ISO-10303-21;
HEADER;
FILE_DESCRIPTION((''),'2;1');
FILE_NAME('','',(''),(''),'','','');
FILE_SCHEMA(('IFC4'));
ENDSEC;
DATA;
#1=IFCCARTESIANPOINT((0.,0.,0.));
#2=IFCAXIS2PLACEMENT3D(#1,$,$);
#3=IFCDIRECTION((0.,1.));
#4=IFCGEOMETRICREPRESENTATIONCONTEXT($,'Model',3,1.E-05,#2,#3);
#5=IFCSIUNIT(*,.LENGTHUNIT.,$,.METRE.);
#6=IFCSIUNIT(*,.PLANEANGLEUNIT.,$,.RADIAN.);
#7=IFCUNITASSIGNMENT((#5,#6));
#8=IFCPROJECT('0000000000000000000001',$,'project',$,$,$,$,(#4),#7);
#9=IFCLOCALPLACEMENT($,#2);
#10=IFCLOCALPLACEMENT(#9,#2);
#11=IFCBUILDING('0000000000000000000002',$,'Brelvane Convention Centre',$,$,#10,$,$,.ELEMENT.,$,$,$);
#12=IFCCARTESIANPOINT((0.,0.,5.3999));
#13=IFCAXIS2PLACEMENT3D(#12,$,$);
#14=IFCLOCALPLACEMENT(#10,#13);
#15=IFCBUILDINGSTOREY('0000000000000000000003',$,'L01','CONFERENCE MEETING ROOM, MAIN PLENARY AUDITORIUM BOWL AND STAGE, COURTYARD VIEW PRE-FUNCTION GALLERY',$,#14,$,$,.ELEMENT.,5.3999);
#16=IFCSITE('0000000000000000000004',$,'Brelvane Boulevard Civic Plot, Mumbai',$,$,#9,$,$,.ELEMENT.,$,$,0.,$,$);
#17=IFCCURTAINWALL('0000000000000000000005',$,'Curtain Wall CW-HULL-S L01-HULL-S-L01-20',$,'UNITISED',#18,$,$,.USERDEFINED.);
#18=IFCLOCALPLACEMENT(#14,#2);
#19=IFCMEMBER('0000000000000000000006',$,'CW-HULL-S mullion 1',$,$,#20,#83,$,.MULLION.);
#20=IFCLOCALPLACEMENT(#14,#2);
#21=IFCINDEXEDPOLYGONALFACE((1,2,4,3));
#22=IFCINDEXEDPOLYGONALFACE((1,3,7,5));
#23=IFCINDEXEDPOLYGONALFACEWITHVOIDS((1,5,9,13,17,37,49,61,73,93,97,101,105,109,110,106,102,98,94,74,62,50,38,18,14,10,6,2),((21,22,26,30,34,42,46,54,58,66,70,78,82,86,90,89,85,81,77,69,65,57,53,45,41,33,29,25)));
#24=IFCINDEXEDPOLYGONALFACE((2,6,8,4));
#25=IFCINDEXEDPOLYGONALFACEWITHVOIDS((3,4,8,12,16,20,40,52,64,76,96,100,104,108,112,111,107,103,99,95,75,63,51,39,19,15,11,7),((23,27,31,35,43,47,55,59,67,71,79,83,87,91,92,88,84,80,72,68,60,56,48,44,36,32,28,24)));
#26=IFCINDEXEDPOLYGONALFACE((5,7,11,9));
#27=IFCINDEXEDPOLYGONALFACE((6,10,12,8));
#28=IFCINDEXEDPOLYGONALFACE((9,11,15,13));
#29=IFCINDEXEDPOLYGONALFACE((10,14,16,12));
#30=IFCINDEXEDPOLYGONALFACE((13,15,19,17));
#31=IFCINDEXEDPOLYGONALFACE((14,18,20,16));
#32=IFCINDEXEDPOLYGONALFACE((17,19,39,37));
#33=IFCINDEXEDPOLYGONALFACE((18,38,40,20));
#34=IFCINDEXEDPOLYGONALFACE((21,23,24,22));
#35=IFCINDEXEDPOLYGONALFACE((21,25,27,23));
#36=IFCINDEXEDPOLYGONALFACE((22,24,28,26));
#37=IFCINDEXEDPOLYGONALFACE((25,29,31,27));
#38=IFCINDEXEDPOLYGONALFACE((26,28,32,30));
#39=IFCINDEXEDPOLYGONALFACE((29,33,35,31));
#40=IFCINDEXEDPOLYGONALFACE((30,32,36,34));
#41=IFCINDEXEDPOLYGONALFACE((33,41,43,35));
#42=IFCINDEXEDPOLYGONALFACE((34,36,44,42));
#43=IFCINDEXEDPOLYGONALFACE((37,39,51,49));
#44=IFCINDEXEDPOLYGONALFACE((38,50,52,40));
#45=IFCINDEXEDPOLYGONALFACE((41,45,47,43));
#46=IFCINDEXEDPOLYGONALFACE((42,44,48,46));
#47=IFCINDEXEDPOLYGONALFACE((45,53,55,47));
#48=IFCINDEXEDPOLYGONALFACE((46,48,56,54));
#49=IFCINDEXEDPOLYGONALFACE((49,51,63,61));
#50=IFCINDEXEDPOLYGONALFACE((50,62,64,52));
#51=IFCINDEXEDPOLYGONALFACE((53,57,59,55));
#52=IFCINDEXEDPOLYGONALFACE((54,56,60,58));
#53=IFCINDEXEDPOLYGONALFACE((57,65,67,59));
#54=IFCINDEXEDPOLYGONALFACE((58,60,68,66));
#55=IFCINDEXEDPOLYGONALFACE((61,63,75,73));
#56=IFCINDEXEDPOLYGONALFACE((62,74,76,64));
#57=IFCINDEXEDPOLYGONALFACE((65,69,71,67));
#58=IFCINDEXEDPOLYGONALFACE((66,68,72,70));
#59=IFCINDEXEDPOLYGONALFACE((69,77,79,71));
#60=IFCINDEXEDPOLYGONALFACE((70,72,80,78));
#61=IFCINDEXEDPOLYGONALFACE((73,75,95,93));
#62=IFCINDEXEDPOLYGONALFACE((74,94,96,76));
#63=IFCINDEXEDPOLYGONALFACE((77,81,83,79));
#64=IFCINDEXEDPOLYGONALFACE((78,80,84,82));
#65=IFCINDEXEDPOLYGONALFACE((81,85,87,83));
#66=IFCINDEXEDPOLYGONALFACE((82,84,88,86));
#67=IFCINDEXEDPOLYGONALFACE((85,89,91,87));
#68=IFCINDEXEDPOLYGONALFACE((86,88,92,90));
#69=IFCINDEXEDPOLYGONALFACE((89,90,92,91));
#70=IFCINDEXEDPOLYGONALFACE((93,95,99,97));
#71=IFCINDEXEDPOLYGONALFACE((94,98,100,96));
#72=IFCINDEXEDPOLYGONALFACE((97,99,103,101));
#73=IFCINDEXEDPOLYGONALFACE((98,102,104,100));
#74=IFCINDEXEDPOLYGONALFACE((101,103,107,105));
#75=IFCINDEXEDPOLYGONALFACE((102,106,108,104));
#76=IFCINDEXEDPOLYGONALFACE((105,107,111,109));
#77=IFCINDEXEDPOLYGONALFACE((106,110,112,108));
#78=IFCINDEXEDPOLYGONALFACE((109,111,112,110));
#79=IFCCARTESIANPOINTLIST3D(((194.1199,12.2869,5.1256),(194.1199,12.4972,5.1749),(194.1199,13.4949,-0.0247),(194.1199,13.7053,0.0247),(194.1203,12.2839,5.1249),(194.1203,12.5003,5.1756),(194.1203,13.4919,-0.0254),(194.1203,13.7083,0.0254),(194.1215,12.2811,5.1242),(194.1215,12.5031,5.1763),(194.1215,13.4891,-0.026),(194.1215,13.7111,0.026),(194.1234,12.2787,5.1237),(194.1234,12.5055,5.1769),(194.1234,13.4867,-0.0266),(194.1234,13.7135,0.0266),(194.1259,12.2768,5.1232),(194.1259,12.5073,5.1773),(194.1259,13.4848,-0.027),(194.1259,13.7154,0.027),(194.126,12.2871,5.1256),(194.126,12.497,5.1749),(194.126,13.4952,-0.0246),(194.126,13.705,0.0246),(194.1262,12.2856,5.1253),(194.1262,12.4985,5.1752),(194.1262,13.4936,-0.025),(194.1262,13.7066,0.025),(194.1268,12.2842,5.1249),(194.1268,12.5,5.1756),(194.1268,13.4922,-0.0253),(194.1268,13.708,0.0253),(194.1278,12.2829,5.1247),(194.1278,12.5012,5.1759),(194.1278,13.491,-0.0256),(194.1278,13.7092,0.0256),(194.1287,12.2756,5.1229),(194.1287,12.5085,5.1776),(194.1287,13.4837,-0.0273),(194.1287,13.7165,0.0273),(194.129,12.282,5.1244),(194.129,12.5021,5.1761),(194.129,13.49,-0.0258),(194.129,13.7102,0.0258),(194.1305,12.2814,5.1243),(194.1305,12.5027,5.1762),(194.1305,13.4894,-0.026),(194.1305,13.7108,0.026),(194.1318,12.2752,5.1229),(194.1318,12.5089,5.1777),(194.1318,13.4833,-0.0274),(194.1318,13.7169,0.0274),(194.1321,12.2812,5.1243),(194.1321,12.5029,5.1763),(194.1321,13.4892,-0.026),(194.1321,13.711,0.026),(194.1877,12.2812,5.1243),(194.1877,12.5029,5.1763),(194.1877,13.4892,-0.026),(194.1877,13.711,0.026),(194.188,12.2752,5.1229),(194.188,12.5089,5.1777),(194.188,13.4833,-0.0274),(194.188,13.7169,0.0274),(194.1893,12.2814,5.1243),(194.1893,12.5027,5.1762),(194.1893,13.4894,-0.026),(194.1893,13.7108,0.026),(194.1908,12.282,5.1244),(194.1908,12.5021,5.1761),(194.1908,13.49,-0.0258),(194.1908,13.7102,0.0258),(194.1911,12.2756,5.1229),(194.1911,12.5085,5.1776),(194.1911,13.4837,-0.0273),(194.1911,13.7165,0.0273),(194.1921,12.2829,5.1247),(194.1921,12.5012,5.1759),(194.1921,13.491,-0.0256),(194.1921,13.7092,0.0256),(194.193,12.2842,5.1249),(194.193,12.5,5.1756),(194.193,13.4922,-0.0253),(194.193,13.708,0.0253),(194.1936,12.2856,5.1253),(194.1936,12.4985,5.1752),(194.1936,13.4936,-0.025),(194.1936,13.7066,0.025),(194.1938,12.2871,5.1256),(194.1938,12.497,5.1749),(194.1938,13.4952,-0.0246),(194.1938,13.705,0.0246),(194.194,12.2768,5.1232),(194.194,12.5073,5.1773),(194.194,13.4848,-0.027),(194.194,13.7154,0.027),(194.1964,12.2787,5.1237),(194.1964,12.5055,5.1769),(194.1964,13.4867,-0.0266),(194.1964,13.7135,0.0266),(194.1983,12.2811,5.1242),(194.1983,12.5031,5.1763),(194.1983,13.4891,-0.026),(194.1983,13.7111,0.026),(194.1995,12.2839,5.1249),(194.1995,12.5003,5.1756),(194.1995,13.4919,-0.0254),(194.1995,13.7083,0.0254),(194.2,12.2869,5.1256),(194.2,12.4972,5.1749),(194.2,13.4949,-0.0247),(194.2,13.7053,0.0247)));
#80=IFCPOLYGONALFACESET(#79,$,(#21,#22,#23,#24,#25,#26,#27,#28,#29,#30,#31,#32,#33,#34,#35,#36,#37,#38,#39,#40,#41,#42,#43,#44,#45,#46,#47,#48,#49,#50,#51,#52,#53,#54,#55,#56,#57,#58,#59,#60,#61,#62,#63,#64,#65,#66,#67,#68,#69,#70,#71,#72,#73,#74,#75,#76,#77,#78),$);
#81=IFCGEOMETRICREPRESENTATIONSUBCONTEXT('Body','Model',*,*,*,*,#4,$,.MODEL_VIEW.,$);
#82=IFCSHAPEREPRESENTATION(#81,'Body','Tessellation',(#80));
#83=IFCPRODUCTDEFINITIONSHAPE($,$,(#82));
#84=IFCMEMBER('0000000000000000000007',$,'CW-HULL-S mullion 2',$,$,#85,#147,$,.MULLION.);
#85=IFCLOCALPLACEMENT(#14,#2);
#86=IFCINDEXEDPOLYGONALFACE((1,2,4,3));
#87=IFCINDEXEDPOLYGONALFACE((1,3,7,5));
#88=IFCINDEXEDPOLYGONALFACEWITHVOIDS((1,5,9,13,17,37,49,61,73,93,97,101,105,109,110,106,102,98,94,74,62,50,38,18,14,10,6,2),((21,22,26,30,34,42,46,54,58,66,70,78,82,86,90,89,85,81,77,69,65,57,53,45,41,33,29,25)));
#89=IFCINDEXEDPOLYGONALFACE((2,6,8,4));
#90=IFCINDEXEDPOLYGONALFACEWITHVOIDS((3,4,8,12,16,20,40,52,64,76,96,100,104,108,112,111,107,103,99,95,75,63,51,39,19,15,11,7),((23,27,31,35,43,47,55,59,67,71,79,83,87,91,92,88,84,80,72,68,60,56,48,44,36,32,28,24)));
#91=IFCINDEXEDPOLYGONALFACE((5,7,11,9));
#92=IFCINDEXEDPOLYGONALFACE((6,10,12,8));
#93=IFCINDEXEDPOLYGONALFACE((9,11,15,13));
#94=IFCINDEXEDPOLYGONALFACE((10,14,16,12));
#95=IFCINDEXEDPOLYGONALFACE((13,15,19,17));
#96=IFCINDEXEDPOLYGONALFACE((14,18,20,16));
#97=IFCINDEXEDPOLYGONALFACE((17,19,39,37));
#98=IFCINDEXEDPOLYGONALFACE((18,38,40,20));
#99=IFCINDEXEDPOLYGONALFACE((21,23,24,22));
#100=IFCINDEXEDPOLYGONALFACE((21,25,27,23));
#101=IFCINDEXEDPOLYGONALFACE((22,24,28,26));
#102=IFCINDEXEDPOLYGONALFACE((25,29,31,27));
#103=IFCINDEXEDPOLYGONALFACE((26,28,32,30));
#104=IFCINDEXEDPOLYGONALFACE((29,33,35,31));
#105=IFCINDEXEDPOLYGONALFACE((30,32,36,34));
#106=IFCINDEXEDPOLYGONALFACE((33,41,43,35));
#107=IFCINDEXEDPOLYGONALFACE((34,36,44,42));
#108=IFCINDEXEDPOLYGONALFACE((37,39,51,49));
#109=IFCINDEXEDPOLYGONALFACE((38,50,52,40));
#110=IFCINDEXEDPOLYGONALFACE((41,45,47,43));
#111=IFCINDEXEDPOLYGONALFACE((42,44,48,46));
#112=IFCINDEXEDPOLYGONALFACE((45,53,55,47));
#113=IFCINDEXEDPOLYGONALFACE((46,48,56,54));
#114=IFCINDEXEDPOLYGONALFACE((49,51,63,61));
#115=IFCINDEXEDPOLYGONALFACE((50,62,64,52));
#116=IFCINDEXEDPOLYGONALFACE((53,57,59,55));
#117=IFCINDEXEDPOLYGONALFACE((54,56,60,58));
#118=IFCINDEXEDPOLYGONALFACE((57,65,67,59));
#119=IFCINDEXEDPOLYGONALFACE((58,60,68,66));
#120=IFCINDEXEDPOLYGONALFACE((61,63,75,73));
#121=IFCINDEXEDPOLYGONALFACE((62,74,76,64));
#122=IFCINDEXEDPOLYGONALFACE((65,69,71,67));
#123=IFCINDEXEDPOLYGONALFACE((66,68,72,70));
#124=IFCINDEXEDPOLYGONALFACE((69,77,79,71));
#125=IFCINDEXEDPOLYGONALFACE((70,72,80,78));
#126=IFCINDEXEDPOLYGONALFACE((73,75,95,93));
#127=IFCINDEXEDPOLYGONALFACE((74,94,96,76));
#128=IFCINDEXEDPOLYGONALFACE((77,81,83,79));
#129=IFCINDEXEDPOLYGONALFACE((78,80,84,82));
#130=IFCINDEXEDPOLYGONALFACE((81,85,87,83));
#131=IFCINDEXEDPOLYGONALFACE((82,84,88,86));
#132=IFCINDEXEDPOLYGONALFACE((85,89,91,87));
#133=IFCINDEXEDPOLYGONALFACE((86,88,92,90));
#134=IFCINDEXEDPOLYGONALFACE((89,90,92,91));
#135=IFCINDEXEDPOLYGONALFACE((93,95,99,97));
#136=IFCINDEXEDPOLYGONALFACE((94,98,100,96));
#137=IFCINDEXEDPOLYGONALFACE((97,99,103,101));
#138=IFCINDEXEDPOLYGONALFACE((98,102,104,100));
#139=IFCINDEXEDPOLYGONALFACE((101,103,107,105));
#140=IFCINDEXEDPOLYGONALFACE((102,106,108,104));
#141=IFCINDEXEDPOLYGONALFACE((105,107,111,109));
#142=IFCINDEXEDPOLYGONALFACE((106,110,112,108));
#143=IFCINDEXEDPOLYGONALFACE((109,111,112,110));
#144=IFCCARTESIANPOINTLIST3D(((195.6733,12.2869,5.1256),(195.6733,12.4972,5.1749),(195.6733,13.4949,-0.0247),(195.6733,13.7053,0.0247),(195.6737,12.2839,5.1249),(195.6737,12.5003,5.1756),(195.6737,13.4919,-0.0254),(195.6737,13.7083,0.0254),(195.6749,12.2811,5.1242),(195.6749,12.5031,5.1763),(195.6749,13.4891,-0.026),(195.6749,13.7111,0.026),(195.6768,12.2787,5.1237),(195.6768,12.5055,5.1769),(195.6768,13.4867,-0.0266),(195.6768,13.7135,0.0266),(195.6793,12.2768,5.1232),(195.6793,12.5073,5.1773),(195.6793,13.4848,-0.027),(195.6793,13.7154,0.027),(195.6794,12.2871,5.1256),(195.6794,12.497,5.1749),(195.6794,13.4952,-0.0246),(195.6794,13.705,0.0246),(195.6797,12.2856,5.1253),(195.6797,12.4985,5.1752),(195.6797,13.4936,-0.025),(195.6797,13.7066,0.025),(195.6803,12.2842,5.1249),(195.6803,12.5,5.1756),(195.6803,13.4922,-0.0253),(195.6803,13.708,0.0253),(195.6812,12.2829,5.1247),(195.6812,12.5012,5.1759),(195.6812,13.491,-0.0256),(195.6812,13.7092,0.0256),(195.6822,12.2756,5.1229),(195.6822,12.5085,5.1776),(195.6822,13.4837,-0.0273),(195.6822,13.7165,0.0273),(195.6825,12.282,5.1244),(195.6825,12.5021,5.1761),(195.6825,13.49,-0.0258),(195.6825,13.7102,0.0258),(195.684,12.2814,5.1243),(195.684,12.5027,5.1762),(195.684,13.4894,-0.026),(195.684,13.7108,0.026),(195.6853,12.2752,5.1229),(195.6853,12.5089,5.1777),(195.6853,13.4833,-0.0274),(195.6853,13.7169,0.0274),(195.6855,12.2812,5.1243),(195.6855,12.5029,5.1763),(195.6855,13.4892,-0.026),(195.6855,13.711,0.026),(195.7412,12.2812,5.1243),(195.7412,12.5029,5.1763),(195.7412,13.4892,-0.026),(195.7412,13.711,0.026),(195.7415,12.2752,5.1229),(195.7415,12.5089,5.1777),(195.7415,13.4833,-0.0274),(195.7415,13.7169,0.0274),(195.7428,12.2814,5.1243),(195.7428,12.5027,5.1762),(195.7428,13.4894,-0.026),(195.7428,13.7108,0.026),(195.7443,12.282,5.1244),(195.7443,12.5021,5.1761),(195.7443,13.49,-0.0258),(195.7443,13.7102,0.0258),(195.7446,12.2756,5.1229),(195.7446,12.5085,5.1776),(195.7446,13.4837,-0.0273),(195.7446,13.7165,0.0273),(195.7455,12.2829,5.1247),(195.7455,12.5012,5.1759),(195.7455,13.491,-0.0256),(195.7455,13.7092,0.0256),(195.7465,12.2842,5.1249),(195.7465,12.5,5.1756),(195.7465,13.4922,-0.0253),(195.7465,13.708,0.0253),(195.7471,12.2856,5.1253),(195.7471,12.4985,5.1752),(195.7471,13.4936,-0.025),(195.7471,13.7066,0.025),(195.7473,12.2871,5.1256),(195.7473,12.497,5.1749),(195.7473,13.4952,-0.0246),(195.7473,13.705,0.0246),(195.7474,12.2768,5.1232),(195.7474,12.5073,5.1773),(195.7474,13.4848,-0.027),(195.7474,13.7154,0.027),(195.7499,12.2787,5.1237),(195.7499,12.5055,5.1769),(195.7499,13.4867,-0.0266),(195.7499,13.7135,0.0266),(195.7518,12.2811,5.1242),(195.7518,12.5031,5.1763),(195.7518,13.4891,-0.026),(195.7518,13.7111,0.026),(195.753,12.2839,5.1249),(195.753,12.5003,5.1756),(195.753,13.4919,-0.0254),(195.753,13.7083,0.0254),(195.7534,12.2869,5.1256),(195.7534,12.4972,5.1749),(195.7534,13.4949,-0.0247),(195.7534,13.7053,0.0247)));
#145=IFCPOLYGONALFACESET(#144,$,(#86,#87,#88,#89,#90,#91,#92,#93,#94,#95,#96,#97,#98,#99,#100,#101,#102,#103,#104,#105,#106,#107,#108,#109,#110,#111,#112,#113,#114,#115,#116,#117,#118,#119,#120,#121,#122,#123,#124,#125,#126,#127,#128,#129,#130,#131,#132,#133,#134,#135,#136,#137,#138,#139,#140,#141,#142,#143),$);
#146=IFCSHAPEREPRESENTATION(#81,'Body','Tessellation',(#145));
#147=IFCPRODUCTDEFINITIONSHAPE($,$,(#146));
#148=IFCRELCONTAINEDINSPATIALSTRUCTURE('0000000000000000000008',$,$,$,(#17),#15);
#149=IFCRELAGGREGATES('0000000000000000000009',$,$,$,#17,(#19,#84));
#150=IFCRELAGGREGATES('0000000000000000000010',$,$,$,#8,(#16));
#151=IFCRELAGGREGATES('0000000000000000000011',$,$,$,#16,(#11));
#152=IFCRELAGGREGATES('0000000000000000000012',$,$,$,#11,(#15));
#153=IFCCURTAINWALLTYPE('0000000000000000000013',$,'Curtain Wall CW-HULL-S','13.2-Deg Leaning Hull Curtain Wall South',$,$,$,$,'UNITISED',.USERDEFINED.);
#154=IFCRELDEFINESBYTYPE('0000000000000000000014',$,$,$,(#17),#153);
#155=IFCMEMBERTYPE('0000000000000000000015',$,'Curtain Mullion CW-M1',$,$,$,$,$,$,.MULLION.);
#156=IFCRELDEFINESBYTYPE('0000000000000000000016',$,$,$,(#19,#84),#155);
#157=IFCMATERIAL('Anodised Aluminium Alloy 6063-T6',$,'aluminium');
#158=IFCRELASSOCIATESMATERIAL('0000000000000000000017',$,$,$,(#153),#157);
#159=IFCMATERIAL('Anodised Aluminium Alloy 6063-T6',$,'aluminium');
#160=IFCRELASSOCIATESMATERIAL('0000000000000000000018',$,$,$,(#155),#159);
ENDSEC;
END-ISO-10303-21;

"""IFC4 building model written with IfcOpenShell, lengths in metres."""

from ifc_helpers import new_model, si_unit, direction, frame, origin, origin_2d, place, context, subcontext, project, spatial, hollow_rectangle, extrude, material, material_profile, profile_set, type_object, element, aggregate, save


model = new_model("IFC4")

# Units and contexts
model_context = context("Model", 3, precision=1e-05, world=origin(), true_north=direction((0.0, 1.0)))
body_context = subcontext(model_context, "Body", "Model", "MODEL_VIEW")
ifc_project = project(units=[si_unit("LENGTHUNIT", "METRE"), si_unit("PLANEANGLEUNIT", "RADIAN")], contexts=[model_context])

# Site, building, storey
site_placement = place(None, origin())
site = spatial("IfcSite", under=ifc_project, at=site_placement, Name="Brelvane Boulevard Civic Plot, Mumbai", CompositionType="ELEMENT", RefElevation=0.0)
building_placement = place(site_placement, origin())
building = spatial("IfcBuilding", under=site, at=building_placement, Name="Brelvane Convention Centre", CompositionType="ELEMENT")
storey_placement = place(building_placement, frame((0.0, 0.0, 5.3999)))
storey = spatial("IfcBuildingStorey", under=building, at=storey_placement, Name="L01", Description="CONFERENCE MEETING ROOM, MAIN PLENARY AUDITORIUM BOWL AND STAGE, COURTYARD VIEW PRE-FUNCTION GALLERY", CompositionType="ELEMENT", Elevation=5.3999)

# Curtain wall, members
ifc_material_1 = material(Name="Anodised Aluminium Alloy 6063-T6", Category="aluminium")
curtain_wall_type = type_object("IfcCurtainWallType", Name="Curtain Wall CW-HULL-S", Description="13.2-Deg Leaning Hull Curtain Wall South", ElementType="UNITISED", PredefinedType="USERDEFINED", material=ifc_material_1)
ifc_material_2 = material(Name="Anodised Aluminium Alloy 6063-T6", Category="aluminium")
ifc_material_profile_1 = material_profile(ifc_material_2, hollow_rectangle(XDim=0.0801, YDim=0.24, WallThickness=0.0061, InnerFilletRadius=0.0061, OuterFilletRadius=0.012, at=origin_2d()), Name="ALU-M 240x80x6.0")
ifc_profile_set_1 = profile_set([ifc_material_profile_1], Name="Anodised Aluminium Alloy 6063-T6")
member_type_1 = type_object("IfcMemberType", Name="Curtain Mullion CW-M1", PredefinedType="MULLION", material=ifc_profile_set_1)
curtain_wall_1_placement = place(storey_placement, origin())
curtain_wall_1 = element("IfcCurtainWall", 1, at=curtain_wall_1_placement, inside=storey, type_object=curtain_wall_type, Name="Curtain Wall CW-HULL-S L01-HULL-S-L01-20", ObjectType="UNITISED", PredefinedType="USERDEFINED")
member_1_placement = place(storey_placement, frame((194.1599, 13.6001, 0.0), z_axis=(0.0, -0.22836, 0.973577), x_axis=(1.0, 0.0, 0.0)))
member_1 = element("IfcMember", 2, at=member_1_placement, type_object=member_type_1, Name="CW-HULL-S mullion 1", PredefinedType="MULLION", context=body_context, shape_type="SweptSolid", body=[
    extrude(hollow_rectangle(XDim=0.0801, YDim=0.24, WallThickness=0.0061, InnerFilletRadius=0.0061, OuterFilletRadius=0.012, at=origin_2d()), origin(), (0.0, 0.0, 1.0), 5.29),
])
member_2_placement = place(storey_placement, frame((195.7134, 13.6001, 0.0), z_axis=(0.0, -0.22836, 0.973577), x_axis=(1.0, 0.0, 0.0)))
member_2 = element("IfcMember", 3, at=member_2_placement, type_object=member_type_1, Name="CW-HULL-S mullion 2", PredefinedType="MULLION", context=body_context, shape_type="SweptSolid", body=[
    extrude(hollow_rectangle(XDim=0.0801, YDim=0.24, WallThickness=0.0061, InnerFilletRadius=0.0061, OuterFilletRadius=0.012, at=origin_2d()), origin(), (0.0, 0.0, 1.0), 5.29),
])
aggregate(curtain_wall_1, [member_1, member_2])

save(model, "model.ifc")
